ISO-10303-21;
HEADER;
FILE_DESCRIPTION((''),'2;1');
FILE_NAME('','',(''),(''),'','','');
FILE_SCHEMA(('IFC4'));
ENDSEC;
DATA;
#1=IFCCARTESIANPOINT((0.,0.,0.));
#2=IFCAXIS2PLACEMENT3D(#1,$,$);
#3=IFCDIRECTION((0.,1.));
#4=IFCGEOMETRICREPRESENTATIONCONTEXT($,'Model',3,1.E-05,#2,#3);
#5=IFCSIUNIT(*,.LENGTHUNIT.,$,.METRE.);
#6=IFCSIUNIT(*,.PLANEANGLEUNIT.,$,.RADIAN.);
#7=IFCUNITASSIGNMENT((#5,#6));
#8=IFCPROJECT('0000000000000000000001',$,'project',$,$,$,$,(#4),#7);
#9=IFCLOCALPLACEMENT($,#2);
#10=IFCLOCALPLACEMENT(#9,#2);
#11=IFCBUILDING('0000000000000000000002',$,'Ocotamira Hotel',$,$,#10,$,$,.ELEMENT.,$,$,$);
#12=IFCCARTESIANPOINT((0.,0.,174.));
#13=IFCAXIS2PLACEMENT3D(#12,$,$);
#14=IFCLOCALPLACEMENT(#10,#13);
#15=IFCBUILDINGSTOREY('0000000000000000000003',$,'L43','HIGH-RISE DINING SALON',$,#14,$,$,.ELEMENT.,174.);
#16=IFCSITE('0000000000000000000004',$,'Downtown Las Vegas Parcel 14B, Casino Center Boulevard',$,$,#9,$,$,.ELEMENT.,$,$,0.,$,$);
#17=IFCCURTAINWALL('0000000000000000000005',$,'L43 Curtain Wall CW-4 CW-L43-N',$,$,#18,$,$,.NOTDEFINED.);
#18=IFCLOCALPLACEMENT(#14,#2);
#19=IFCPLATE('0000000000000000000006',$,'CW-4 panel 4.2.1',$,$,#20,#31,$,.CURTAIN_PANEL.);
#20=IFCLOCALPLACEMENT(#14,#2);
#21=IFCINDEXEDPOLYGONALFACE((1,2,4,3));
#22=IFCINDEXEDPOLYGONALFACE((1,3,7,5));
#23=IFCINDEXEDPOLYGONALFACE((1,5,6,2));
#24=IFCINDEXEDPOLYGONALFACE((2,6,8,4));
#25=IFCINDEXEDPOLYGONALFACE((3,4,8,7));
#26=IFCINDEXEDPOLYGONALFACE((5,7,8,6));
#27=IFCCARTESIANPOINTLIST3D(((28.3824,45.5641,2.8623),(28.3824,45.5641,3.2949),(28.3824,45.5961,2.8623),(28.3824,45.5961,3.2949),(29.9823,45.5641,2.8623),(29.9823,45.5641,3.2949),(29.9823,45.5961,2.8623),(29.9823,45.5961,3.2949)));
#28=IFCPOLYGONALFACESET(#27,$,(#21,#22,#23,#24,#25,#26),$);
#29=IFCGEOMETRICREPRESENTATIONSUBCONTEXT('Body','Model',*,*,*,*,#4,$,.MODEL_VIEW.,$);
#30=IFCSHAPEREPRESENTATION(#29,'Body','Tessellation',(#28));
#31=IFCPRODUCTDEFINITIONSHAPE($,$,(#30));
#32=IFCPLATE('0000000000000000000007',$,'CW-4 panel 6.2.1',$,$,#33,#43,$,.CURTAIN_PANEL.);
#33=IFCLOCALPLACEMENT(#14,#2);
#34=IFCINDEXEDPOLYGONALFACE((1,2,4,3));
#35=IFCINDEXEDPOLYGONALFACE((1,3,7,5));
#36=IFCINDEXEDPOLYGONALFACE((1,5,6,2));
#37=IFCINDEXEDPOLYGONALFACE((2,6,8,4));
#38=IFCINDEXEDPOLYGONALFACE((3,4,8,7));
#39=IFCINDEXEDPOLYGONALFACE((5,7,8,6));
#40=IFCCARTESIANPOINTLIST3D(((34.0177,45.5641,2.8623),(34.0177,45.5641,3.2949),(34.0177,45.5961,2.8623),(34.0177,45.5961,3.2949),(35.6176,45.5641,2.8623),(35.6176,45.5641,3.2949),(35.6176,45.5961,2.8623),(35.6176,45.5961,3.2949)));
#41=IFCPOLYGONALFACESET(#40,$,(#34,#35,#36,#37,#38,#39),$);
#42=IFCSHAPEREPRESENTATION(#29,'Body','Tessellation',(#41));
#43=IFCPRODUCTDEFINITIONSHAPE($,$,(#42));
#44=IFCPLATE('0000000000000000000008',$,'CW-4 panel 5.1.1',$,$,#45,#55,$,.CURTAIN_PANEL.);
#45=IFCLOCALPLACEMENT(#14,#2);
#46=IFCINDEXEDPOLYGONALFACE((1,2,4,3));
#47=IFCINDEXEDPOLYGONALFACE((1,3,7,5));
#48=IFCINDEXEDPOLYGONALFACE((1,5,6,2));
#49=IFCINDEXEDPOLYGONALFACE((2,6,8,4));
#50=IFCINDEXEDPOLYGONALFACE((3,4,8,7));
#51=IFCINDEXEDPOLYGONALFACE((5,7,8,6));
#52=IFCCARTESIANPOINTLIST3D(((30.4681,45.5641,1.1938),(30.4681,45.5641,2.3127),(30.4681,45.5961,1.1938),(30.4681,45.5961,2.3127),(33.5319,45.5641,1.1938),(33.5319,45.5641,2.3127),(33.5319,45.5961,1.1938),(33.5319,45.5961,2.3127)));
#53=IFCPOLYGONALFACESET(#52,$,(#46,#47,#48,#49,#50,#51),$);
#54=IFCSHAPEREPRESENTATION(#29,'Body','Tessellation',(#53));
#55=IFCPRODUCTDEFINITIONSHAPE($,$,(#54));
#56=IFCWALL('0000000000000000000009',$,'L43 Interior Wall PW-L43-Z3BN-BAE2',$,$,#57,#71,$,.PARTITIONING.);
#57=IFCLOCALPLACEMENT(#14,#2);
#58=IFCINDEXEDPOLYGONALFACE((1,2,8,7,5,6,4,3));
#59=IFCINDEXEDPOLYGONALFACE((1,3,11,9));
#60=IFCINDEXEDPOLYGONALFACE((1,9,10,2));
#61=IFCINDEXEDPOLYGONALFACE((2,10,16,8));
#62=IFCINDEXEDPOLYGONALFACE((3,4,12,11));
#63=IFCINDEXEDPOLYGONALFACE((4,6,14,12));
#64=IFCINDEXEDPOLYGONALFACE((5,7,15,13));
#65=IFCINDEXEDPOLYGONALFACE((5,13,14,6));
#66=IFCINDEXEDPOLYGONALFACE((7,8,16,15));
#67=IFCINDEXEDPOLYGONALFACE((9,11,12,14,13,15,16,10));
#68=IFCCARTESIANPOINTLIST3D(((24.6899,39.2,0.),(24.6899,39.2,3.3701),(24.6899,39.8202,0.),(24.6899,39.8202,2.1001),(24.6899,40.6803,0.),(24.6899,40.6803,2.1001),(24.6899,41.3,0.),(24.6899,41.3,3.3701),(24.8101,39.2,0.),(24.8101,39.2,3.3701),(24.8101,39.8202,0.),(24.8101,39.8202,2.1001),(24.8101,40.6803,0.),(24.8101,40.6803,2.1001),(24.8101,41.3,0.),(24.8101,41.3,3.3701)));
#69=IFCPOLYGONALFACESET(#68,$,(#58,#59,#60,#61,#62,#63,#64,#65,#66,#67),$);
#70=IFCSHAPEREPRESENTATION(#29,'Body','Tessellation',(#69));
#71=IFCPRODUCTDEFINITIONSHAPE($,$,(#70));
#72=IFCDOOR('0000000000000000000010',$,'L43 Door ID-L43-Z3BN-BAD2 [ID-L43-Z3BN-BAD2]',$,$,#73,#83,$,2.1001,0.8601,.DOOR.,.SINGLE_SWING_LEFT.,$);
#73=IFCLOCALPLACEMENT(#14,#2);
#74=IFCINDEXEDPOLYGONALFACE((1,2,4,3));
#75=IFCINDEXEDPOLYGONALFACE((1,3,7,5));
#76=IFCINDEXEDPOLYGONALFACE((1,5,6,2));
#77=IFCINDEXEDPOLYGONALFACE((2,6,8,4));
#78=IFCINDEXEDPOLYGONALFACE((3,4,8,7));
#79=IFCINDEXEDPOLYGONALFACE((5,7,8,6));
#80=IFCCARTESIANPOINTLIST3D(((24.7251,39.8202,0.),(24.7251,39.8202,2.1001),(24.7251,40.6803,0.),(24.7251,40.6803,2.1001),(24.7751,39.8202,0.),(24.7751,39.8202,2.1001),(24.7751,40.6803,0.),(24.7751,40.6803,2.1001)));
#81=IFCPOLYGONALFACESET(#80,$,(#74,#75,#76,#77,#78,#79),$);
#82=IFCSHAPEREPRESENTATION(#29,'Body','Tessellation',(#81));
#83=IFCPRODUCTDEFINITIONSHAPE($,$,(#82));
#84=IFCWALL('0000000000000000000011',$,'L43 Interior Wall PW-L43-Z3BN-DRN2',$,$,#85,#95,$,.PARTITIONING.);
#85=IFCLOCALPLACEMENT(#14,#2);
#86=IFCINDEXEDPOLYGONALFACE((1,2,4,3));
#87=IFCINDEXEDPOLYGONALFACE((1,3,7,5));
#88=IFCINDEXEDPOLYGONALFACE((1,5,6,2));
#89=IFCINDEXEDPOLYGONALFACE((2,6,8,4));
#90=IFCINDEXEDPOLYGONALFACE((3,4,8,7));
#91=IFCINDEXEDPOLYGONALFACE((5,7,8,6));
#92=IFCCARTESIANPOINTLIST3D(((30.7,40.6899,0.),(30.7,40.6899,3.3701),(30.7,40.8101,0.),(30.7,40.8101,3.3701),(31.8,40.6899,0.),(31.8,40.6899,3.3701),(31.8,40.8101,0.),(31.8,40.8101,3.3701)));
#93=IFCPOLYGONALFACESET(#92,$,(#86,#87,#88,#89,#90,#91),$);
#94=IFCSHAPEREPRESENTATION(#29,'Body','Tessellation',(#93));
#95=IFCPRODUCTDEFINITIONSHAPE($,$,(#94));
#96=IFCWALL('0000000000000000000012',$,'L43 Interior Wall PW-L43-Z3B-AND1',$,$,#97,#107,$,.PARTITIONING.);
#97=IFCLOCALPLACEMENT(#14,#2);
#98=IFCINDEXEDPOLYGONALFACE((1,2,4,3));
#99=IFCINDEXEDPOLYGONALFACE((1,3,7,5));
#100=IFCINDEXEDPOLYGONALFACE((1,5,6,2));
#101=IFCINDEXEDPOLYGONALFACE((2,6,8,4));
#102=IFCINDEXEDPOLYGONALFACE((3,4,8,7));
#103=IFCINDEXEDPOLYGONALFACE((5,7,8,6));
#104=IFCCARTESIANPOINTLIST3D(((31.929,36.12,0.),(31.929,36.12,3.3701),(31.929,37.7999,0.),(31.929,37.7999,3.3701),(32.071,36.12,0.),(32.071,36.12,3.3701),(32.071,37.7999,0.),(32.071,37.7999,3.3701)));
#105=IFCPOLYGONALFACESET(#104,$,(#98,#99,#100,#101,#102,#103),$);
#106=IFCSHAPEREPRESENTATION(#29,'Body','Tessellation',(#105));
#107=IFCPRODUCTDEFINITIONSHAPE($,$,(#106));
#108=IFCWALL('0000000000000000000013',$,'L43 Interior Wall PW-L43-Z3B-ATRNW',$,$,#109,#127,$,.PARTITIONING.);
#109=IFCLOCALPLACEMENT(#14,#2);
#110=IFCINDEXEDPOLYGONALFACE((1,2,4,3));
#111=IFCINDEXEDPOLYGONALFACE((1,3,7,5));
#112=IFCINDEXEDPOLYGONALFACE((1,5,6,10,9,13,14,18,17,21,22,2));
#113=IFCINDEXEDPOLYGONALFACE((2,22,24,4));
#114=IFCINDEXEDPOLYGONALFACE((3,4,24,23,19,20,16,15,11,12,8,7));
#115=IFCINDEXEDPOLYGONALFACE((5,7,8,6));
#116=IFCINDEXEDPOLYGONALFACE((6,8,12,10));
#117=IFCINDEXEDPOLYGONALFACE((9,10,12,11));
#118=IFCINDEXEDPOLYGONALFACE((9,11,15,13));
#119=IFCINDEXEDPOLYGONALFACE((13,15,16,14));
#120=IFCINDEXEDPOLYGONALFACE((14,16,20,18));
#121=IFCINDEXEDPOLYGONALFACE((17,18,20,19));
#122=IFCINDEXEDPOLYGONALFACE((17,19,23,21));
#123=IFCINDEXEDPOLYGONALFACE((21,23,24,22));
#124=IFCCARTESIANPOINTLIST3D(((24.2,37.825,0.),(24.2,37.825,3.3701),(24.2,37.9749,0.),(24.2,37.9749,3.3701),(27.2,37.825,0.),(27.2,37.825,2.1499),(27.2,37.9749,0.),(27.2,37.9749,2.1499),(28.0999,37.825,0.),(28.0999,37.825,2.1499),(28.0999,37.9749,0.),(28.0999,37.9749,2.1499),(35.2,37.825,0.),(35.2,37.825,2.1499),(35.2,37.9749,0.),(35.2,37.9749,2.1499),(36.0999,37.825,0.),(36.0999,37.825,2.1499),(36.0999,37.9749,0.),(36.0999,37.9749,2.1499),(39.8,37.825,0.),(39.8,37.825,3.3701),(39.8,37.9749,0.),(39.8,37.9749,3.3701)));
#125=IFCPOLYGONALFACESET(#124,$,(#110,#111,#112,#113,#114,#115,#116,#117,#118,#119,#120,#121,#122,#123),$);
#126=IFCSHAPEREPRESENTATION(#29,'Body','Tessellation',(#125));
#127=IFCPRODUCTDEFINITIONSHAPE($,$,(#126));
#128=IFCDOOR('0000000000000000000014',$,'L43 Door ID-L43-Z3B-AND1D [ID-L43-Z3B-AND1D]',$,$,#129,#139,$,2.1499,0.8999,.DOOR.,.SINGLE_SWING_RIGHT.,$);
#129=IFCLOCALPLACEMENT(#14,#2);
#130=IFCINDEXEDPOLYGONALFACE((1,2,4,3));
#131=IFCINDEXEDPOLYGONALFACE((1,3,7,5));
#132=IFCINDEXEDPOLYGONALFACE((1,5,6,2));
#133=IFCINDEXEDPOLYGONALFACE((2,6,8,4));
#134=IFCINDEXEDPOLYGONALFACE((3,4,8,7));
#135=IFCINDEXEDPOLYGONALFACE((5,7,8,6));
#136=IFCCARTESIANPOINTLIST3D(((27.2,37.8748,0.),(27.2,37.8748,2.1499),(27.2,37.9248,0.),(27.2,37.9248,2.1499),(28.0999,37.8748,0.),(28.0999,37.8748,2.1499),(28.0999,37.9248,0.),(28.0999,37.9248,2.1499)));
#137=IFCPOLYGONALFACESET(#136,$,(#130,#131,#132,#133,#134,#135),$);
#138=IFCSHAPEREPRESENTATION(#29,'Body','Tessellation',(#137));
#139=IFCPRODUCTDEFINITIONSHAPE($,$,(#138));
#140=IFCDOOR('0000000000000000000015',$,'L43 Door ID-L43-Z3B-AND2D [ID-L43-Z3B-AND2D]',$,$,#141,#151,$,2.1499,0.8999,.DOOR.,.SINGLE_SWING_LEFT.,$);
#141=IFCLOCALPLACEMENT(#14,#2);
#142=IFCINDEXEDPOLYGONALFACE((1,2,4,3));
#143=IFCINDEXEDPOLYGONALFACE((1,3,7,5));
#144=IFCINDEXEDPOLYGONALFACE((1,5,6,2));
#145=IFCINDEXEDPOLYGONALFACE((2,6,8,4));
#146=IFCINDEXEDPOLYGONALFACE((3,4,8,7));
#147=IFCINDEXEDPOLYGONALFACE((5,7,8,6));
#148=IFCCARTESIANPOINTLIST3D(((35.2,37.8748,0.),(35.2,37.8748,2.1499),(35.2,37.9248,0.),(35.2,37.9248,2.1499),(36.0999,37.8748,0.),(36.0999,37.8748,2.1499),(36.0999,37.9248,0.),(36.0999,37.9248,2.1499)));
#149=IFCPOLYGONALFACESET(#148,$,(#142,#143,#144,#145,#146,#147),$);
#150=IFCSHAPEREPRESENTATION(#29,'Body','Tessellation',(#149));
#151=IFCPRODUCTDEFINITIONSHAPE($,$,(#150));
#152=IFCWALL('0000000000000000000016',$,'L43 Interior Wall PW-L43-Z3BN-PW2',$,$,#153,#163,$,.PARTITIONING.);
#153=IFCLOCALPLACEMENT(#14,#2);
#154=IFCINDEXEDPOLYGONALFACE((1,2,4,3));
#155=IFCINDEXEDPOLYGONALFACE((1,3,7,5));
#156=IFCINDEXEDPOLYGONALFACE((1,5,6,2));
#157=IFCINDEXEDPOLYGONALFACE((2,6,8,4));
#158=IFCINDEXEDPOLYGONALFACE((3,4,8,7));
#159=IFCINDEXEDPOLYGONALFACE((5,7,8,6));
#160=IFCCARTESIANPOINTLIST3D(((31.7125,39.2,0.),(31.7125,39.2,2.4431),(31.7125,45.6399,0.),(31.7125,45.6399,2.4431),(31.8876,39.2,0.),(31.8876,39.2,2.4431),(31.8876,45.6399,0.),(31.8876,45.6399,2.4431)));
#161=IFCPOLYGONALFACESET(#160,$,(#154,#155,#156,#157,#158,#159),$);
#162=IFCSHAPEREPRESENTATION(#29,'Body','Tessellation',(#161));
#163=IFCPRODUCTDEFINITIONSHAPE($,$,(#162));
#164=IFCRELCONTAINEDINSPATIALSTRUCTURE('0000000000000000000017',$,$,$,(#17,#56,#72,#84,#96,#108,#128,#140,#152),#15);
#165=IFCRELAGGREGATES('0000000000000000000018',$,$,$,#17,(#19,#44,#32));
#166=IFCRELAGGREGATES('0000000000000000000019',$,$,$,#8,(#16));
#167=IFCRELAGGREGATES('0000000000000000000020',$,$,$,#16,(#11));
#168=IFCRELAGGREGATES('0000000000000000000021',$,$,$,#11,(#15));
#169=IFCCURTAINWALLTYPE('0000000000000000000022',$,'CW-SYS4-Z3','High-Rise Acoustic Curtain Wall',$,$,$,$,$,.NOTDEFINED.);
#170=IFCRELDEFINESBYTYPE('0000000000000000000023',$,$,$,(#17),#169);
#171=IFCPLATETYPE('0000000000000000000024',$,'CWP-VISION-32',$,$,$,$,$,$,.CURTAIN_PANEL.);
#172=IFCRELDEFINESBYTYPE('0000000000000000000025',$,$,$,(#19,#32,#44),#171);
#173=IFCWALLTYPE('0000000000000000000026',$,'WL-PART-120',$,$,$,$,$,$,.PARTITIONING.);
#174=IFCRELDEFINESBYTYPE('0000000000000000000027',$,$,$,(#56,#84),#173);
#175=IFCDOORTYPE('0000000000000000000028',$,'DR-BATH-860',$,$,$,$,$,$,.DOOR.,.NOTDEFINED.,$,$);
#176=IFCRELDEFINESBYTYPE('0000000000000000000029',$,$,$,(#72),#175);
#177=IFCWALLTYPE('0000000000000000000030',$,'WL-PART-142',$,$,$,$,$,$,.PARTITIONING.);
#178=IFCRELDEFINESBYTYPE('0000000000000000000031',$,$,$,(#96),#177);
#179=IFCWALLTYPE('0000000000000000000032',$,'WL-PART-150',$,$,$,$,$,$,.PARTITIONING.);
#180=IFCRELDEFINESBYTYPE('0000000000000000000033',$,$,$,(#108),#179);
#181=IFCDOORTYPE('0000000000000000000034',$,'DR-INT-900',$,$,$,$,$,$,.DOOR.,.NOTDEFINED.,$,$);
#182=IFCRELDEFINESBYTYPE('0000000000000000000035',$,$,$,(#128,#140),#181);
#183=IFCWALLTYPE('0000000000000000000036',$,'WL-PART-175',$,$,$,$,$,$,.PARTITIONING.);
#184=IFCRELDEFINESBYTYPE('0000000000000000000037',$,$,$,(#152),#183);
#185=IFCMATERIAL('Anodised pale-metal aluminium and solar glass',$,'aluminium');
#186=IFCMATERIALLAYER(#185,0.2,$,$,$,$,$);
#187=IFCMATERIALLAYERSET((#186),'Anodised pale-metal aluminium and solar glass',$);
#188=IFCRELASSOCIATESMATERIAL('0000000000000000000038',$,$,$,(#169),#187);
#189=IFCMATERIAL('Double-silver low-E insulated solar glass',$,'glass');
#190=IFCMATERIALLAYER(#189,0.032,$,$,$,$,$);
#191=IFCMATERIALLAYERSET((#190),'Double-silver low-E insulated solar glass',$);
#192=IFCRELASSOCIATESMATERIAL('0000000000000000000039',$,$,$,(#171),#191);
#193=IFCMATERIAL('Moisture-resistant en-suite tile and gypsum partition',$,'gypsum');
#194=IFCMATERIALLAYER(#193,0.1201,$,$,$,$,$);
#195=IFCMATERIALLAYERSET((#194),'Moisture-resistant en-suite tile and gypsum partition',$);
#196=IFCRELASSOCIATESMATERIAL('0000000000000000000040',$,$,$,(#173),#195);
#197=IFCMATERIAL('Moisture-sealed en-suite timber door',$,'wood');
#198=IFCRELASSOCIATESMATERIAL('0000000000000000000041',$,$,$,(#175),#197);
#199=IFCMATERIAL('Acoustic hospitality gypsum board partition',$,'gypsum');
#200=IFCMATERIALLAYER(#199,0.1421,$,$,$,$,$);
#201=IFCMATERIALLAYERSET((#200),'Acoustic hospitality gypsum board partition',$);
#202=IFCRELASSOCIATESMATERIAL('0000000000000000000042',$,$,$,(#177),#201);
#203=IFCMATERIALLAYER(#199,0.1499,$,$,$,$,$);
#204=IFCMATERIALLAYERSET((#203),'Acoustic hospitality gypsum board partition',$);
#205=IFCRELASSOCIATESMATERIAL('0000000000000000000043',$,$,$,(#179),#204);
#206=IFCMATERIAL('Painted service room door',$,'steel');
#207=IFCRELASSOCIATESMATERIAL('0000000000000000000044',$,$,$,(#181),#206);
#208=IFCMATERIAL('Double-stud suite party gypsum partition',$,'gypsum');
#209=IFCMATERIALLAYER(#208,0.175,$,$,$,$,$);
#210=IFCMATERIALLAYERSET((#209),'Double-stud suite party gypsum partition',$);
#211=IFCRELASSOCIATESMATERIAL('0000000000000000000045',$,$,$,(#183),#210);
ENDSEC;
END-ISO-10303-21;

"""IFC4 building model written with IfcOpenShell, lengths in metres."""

from ifc_helpers import new_model, si_unit, direction, frame, frame_2d, origin, origin_2d, place, context, subcontext, project, spatial, rectangle, extrude, source, transform, mapped, material, layer, layer_set, type_object, element, fill, aggregate, save


model = new_model("IFC4")

# Units and contexts
model_context = context("Model", 3, precision=1e-05, world=origin(), true_north=direction((0.0, 1.0)))
body_context = subcontext(model_context, "Body", "Model", "MODEL_VIEW")
ifc_project = project(units=[si_unit("LENGTHUNIT", "METRE"), si_unit("PLANEANGLEUNIT", "RADIAN")], contexts=[model_context])

# Site, building, storey
site_placement = place(None, origin())
site = spatial("IfcSite", under=ifc_project, at=site_placement, Name="Downtown Las Vegas Parcel 14B, Casino Center Boulevard", CompositionType="ELEMENT", RefElevation=0.0)
building_placement = place(site_placement, origin())
building = spatial("IfcBuilding", under=site, at=building_placement, Name="Ocotamira Hotel", CompositionType="ELEMENT")
storey_placement = place(building_placement, frame((0.0, 0.0, 174.0)))
storey = spatial("IfcBuildingStorey", under=building, at=storey_placement, Name="L43", Description="HIGH-RISE DINING SALON", CompositionType="ELEMENT", Elevation=174.0)

# Curtain wall
ifc_material_1 = material(Name="Anodised pale-metal aluminium and solar glass", Category="aluminium")
ifc_layer_1 = layer(ifc_material_1, 0.2)
ifc_layer_set_1 = layer_set([ifc_layer_1], Name="Anodised pale-metal aluminium and solar glass")
curtain_wall_type = type_object("IfcCurtainWallType", Name="CW-SYS4-Z3", Description="High-Rise Acoustic Curtain Wall", PredefinedType="NOTDEFINED", material=ifc_layer_set_1)
curtain_wall_placement = place(storey_placement, origin())
curtain_wall = element("IfcCurtainWall", 1, at=curtain_wall_placement, inside=storey, type_object=curtain_wall_type, Name="L43 Curtain Wall CW-4 CW-L43-N", PredefinedType="NOTDEFINED")

# Plates
ifc_material_2 = material(Name="Double-silver low-E insulated solar glass", Category="glass")
ifc_layer_2 = layer(ifc_material_2, 0.032)
ifc_layer_set_2 = layer_set([ifc_layer_2], Name="Double-silver low-E insulated solar glass")
plate_type_1 = type_object("IfcPlateType", Name="CWP-VISION-32", PredefinedType="CURTAIN_PANEL", material=ifc_layer_set_2)
shared_shape_1 = source(origin(), body_context, "Body", "SweptSolid", [
    extrude(rectangle(XDim=1.5999, YDim=0.032, at=origin_2d()), origin(), (0.0, 0.0, 1.0), 0.4326),
])
plate_1_placement = place(storey_placement, frame((29.1824, 45.5801, 2.8623), z_axis=(0.0, 0.0, 1.0), x_axis=(1.0, 0.0, 0.0)))
plate_1 = element("IfcPlate", 2, at=plate_1_placement, type_object=plate_type_1, Name="CW-4 panel 4.2.1", PredefinedType="CURTAIN_PANEL", context=body_context, shape_type="MappedRepresentation", body=[
    mapped(shared_shape_1, transform((0.0, 0.0, 0.0), scale=1.0)),
])
plate_2_placement = place(storey_placement, frame((34.8176, 45.5801, 2.8623), z_axis=(0.0, 0.0, 1.0), x_axis=(1.0, 0.0, 0.0)))
plate_2 = element("IfcPlate", 3, at=plate_2_placement, type_object=plate_type_1, Name="CW-4 panel 6.2.1", PredefinedType="CURTAIN_PANEL", context=body_context, shape_type="MappedRepresentation", body=[
    mapped(shared_shape_1, transform((0.0, 0.0, 0.0), scale=1.0)),
])
shared_shape_2 = source(origin(), body_context, "Body", "SweptSolid", [
    extrude(rectangle(XDim=3.0637, YDim=0.032, at=origin_2d()), origin(), (0.0, 0.0, 1.0), 1.1189),
])
plate_3_placement = place(storey_placement, frame((32.0, 45.5801, 1.1938), z_axis=(0.0, 0.0, 1.0), x_axis=(1.0, 0.0, 0.0)))
plate_3 = element("IfcPlate", 4, at=plate_3_placement, type_object=plate_type_1, Name="CW-4 panel 5.1.1", PredefinedType="CURTAIN_PANEL", context=body_context, shape_type="MappedRepresentation", body=[
    mapped(shared_shape_2, transform((0.0, 0.0, 0.0), scale=1.0)),
])
aggregate(curtain_wall, [plate_1, plate_3, plate_2])

# Wall, opening, door
ifc_material_3 = material(Name="Moisture-resistant en-suite tile and gypsum partition", Category="gypsum")
ifc_layer_3 = layer(ifc_material_3, 0.1201)
ifc_layer_set_3 = layer_set([ifc_layer_3], Name="Moisture-resistant en-suite tile and gypsum partition")
wall_type_1 = type_object("IfcWallType", Name="WL-PART-120", PredefinedType="PARTITIONING", material=ifc_layer_set_3)
wall_1_placement = place(storey_placement, frame((24.75, 39.2, 0.0), z_axis=(0.0, 0.0, 1.0), x_axis=(0.0, 1.0, 0.0)))
wall_1 = element("IfcWall", 5, at=wall_1_placement, inside=storey, type_object=wall_type_1, Name="L43 Interior Wall PW-L43-Z3BN-BAE2", PredefinedType="PARTITIONING", context=body_context, shape_type="SweptSolid", body=[
    extrude(rectangle(XDim=2.1001, YDim=0.1201, at=frame_2d((1.05, 0.0))), origin(), (0.0, 0.0, 1.0), 3.3701),
])
opening_1_placement = place(wall_1_placement, frame((0.6201, 0.0, 0.0)))
opening_1 = element("IfcOpeningElement", 6, at=opening_1_placement, cuts=wall_1, PredefinedType="OPENING", context=body_context, shape_type="SweptSolid", body=[
    extrude(rectangle(XDim=0.8601, YDim=2.1001, at=frame_2d((0.4302, 1.05))), frame((0.0, 0.0701, 0.0), z_axis=(0.0, -1.0, 0.0), x_axis=(1.0, 0.0, 0.0)), (0.0, 0.0, 1.0), 0.1401),
])
ifc_material_4 = material(Name="Moisture-sealed en-suite timber door", Category="wood")
door_type_1 = type_object("IfcDoorType", Name="DR-BATH-860", OperationType="NOTDEFINED", PredefinedType="DOOR", material=ifc_material_4)
shared_shape_3 = source(origin(), body_context, "Body", "SweptSolid", [
    extrude(rectangle(XDim=0.8601, YDim=2.1001, at=frame_2d((0.4302, 1.05))), frame((0.0, 0.0249, 0.0), z_axis=(0.0, -1.0, 0.0), x_axis=(1.0, 0.0, 0.0)), (0.0, 0.0, 1.0), 0.05),
])
door_1_placement = place(opening_1_placement, origin())
door_1 = element("IfcDoor", 7, at=door_1_placement, inside=storey, type_object=door_type_1, Name="L43 Door ID-L43-Z3BN-BAD2 [ID-L43-Z3BN-BAD2]", OperationType="SINGLE_SWING_LEFT", OverallHeight=2.1001, OverallWidth=0.8601, PredefinedType="DOOR", context=body_context, shape_type="MappedRepresentation", body=[
    mapped(shared_shape_3, transform((0.0, 0.0, 0.0), scale=1.0)),
])
fill(opening_1, door_1)

# Walls
wall_2_placement = place(storey_placement, frame((30.7, 40.75, 0.0), z_axis=(0.0, 0.0, 1.0), x_axis=(1.0, 0.0, 0.0)))
element("IfcWall", 8, at=wall_2_placement, inside=storey, type_object=wall_type_1, Name="L43 Interior Wall PW-L43-Z3BN-DRN2", PredefinedType="PARTITIONING", context=body_context, shape_type="SweptSolid", body=[
    extrude(rectangle(XDim=1.1001, YDim=0.1201, at=frame_2d((0.55, 0.0))), origin(), (0.0, 0.0, 1.0), 3.3701),
])
ifc_material_5 = material(Name="Acoustic hospitality gypsum board partition", Category="gypsum")
ifc_layer_4 = layer(ifc_material_5, 0.1421)
ifc_layer_set_4 = layer_set([ifc_layer_4], Name="Acoustic hospitality gypsum board partition")
wall_type_2 = type_object("IfcWallType", Name="WL-PART-142", PredefinedType="PARTITIONING", material=ifc_layer_set_4)
wall_3_placement = place(storey_placement, frame((32.0, 36.1201, 0.0), z_axis=(0.0, 0.0, 1.0), x_axis=(0.0, 1.0, 0.0)))
element("IfcWall", 9, at=wall_3_placement, inside=storey, type_object=wall_type_2, Name="L43 Interior Wall PW-L43-Z3B-AND1", PredefinedType="PARTITIONING", context=body_context, shape_type="SweptSolid", body=[
    extrude(rectangle(XDim=1.6799, YDim=0.1421, at=frame_2d((0.8398, 0.0))), origin(), (0.0, 0.0, 1.0), 3.3701),
])

# Wall, openings, doors
ifc_layer_5 = layer(ifc_material_5, 0.1499)
ifc_layer_set_5 = layer_set([ifc_layer_5], Name="Acoustic hospitality gypsum board partition")
wall_type_3 = type_object("IfcWallType", Name="WL-PART-150", PredefinedType="PARTITIONING", material=ifc_layer_set_5)
wall_4_placement = place(storey_placement, frame((24.2, 37.8999, 0.0), z_axis=(0.0, 0.0, 1.0), x_axis=(1.0, 0.0, 0.0)))
wall_4 = element("IfcWall", 10, at=wall_4_placement, inside=storey, type_object=wall_type_3, Name="L43 Interior Wall PW-L43-Z3B-ATRNW", PredefinedType="PARTITIONING", context=body_context, shape_type="SweptSolid", body=[
    extrude(rectangle(XDim=15.6001, YDim=0.1499, at=frame_2d((7.8, 0.0))), origin(), (0.0, 0.0, 1.0), 3.3701),
])
opening_2_placement = place(wall_4_placement, frame((3.0, 0.0, 0.0)))
opening_2 = element("IfcOpeningElement", 11, at=opening_2_placement, cuts=wall_4, PredefinedType="OPENING", context=body_context, shape_type="SweptSolid", body=[
    extrude(rectangle(XDim=0.8999, YDim=2.1499, at=frame_2d((0.45, 1.075))), frame((0.0, 0.085, 0.0), z_axis=(0.0, -1.0, 0.0), x_axis=(1.0, 0.0, 0.0)), (0.0, 0.0, 1.0), 0.1699),
])
opening_3_placement = place(wall_4_placement, frame((11.0, 0.0, 0.0)))
opening_3 = element("IfcOpeningElement", 12, at=opening_3_placement, cuts=wall_4, PredefinedType="OPENING", context=body_context, shape_type="SweptSolid", body=[
    extrude(rectangle(XDim=0.8999, YDim=2.1499, at=frame_2d((0.45, 1.075))), frame((0.0, 0.085, 0.0), z_axis=(0.0, -1.0, 0.0), x_axis=(1.0, 0.0, 0.0)), (0.0, 0.0, 1.0), 0.1699),
])
ifc_material_6 = material(Name="Painted service room door", Category="steel")
door_type_2 = type_object("IfcDoorType", Name="DR-INT-900", OperationType="NOTDEFINED", PredefinedType="DOOR", material=ifc_material_6)
shared_shape_4 = source(origin(), body_context, "Body", "SweptSolid", [
    extrude(rectangle(XDim=0.8999, YDim=2.1499, at=frame_2d((0.45, 1.075))), frame((0.0, 0.0249, 0.0), z_axis=(0.0, -1.0, 0.0), x_axis=(1.0, 0.0, 0.0)), (0.0, 0.0, 1.0), 0.05),
])
door_2_placement = place(opening_2_placement, origin())
door_2 = element("IfcDoor", 13, at=door_2_placement, inside=storey, type_object=door_type_2, Name="L43 Door ID-L43-Z3B-AND1D [ID-L43-Z3B-AND1D]", OperationType="SINGLE_SWING_RIGHT", OverallHeight=2.1499, OverallWidth=0.8999, PredefinedType="DOOR", context=body_context, shape_type="MappedRepresentation", body=[
    mapped(shared_shape_4, transform((0.0, 0.0, 0.0), scale=1.0)),
])
fill(opening_2, door_2)
door_3_placement = place(opening_3_placement, origin())
door_3 = element("IfcDoor", 14, at=door_3_placement, inside=storey, type_object=door_type_2, Name="L43 Door ID-L43-Z3B-AND2D [ID-L43-Z3B-AND2D]", OperationType="SINGLE_SWING_LEFT", OverallHeight=2.1499, OverallWidth=0.8999, PredefinedType="DOOR", context=body_context, shape_type="MappedRepresentation", body=[
    mapped(shared_shape_4, transform((0.0, 0.0, 0.0), scale=1.0)),
])
fill(opening_3, door_3)

# Wall
ifc_material_7 = material(Name="Double-stud suite party gypsum partition", Category="gypsum")
ifc_layer_6 = layer(ifc_material_7, 0.175)
ifc_layer_set_6 = layer_set([ifc_layer_6], Name="Double-stud suite party gypsum partition")
wall_type_4 = type_object("IfcWallType", Name="WL-PART-175", PredefinedType="PARTITIONING", material=ifc_layer_set_6)
wall_5_placement = place(storey_placement, frame((31.8, 39.2, 0.0), z_axis=(0.0, 0.0, 1.0), x_axis=(0.0, 1.0, 0.0)))
element("IfcWall", 15, at=wall_5_placement, inside=storey, type_object=wall_type_4, Name="L43 Interior Wall PW-L43-Z3BN-PW2", PredefinedType="PARTITIONING", context=body_context, shape_type="SweptSolid", body=[
    extrude(rectangle(XDim=6.4399, YDim=0.175, at=frame_2d((3.22, 0.0))), origin(), (0.0, 0.0, 1.0), 2.4431),
])

save(model, "model.ifc")
